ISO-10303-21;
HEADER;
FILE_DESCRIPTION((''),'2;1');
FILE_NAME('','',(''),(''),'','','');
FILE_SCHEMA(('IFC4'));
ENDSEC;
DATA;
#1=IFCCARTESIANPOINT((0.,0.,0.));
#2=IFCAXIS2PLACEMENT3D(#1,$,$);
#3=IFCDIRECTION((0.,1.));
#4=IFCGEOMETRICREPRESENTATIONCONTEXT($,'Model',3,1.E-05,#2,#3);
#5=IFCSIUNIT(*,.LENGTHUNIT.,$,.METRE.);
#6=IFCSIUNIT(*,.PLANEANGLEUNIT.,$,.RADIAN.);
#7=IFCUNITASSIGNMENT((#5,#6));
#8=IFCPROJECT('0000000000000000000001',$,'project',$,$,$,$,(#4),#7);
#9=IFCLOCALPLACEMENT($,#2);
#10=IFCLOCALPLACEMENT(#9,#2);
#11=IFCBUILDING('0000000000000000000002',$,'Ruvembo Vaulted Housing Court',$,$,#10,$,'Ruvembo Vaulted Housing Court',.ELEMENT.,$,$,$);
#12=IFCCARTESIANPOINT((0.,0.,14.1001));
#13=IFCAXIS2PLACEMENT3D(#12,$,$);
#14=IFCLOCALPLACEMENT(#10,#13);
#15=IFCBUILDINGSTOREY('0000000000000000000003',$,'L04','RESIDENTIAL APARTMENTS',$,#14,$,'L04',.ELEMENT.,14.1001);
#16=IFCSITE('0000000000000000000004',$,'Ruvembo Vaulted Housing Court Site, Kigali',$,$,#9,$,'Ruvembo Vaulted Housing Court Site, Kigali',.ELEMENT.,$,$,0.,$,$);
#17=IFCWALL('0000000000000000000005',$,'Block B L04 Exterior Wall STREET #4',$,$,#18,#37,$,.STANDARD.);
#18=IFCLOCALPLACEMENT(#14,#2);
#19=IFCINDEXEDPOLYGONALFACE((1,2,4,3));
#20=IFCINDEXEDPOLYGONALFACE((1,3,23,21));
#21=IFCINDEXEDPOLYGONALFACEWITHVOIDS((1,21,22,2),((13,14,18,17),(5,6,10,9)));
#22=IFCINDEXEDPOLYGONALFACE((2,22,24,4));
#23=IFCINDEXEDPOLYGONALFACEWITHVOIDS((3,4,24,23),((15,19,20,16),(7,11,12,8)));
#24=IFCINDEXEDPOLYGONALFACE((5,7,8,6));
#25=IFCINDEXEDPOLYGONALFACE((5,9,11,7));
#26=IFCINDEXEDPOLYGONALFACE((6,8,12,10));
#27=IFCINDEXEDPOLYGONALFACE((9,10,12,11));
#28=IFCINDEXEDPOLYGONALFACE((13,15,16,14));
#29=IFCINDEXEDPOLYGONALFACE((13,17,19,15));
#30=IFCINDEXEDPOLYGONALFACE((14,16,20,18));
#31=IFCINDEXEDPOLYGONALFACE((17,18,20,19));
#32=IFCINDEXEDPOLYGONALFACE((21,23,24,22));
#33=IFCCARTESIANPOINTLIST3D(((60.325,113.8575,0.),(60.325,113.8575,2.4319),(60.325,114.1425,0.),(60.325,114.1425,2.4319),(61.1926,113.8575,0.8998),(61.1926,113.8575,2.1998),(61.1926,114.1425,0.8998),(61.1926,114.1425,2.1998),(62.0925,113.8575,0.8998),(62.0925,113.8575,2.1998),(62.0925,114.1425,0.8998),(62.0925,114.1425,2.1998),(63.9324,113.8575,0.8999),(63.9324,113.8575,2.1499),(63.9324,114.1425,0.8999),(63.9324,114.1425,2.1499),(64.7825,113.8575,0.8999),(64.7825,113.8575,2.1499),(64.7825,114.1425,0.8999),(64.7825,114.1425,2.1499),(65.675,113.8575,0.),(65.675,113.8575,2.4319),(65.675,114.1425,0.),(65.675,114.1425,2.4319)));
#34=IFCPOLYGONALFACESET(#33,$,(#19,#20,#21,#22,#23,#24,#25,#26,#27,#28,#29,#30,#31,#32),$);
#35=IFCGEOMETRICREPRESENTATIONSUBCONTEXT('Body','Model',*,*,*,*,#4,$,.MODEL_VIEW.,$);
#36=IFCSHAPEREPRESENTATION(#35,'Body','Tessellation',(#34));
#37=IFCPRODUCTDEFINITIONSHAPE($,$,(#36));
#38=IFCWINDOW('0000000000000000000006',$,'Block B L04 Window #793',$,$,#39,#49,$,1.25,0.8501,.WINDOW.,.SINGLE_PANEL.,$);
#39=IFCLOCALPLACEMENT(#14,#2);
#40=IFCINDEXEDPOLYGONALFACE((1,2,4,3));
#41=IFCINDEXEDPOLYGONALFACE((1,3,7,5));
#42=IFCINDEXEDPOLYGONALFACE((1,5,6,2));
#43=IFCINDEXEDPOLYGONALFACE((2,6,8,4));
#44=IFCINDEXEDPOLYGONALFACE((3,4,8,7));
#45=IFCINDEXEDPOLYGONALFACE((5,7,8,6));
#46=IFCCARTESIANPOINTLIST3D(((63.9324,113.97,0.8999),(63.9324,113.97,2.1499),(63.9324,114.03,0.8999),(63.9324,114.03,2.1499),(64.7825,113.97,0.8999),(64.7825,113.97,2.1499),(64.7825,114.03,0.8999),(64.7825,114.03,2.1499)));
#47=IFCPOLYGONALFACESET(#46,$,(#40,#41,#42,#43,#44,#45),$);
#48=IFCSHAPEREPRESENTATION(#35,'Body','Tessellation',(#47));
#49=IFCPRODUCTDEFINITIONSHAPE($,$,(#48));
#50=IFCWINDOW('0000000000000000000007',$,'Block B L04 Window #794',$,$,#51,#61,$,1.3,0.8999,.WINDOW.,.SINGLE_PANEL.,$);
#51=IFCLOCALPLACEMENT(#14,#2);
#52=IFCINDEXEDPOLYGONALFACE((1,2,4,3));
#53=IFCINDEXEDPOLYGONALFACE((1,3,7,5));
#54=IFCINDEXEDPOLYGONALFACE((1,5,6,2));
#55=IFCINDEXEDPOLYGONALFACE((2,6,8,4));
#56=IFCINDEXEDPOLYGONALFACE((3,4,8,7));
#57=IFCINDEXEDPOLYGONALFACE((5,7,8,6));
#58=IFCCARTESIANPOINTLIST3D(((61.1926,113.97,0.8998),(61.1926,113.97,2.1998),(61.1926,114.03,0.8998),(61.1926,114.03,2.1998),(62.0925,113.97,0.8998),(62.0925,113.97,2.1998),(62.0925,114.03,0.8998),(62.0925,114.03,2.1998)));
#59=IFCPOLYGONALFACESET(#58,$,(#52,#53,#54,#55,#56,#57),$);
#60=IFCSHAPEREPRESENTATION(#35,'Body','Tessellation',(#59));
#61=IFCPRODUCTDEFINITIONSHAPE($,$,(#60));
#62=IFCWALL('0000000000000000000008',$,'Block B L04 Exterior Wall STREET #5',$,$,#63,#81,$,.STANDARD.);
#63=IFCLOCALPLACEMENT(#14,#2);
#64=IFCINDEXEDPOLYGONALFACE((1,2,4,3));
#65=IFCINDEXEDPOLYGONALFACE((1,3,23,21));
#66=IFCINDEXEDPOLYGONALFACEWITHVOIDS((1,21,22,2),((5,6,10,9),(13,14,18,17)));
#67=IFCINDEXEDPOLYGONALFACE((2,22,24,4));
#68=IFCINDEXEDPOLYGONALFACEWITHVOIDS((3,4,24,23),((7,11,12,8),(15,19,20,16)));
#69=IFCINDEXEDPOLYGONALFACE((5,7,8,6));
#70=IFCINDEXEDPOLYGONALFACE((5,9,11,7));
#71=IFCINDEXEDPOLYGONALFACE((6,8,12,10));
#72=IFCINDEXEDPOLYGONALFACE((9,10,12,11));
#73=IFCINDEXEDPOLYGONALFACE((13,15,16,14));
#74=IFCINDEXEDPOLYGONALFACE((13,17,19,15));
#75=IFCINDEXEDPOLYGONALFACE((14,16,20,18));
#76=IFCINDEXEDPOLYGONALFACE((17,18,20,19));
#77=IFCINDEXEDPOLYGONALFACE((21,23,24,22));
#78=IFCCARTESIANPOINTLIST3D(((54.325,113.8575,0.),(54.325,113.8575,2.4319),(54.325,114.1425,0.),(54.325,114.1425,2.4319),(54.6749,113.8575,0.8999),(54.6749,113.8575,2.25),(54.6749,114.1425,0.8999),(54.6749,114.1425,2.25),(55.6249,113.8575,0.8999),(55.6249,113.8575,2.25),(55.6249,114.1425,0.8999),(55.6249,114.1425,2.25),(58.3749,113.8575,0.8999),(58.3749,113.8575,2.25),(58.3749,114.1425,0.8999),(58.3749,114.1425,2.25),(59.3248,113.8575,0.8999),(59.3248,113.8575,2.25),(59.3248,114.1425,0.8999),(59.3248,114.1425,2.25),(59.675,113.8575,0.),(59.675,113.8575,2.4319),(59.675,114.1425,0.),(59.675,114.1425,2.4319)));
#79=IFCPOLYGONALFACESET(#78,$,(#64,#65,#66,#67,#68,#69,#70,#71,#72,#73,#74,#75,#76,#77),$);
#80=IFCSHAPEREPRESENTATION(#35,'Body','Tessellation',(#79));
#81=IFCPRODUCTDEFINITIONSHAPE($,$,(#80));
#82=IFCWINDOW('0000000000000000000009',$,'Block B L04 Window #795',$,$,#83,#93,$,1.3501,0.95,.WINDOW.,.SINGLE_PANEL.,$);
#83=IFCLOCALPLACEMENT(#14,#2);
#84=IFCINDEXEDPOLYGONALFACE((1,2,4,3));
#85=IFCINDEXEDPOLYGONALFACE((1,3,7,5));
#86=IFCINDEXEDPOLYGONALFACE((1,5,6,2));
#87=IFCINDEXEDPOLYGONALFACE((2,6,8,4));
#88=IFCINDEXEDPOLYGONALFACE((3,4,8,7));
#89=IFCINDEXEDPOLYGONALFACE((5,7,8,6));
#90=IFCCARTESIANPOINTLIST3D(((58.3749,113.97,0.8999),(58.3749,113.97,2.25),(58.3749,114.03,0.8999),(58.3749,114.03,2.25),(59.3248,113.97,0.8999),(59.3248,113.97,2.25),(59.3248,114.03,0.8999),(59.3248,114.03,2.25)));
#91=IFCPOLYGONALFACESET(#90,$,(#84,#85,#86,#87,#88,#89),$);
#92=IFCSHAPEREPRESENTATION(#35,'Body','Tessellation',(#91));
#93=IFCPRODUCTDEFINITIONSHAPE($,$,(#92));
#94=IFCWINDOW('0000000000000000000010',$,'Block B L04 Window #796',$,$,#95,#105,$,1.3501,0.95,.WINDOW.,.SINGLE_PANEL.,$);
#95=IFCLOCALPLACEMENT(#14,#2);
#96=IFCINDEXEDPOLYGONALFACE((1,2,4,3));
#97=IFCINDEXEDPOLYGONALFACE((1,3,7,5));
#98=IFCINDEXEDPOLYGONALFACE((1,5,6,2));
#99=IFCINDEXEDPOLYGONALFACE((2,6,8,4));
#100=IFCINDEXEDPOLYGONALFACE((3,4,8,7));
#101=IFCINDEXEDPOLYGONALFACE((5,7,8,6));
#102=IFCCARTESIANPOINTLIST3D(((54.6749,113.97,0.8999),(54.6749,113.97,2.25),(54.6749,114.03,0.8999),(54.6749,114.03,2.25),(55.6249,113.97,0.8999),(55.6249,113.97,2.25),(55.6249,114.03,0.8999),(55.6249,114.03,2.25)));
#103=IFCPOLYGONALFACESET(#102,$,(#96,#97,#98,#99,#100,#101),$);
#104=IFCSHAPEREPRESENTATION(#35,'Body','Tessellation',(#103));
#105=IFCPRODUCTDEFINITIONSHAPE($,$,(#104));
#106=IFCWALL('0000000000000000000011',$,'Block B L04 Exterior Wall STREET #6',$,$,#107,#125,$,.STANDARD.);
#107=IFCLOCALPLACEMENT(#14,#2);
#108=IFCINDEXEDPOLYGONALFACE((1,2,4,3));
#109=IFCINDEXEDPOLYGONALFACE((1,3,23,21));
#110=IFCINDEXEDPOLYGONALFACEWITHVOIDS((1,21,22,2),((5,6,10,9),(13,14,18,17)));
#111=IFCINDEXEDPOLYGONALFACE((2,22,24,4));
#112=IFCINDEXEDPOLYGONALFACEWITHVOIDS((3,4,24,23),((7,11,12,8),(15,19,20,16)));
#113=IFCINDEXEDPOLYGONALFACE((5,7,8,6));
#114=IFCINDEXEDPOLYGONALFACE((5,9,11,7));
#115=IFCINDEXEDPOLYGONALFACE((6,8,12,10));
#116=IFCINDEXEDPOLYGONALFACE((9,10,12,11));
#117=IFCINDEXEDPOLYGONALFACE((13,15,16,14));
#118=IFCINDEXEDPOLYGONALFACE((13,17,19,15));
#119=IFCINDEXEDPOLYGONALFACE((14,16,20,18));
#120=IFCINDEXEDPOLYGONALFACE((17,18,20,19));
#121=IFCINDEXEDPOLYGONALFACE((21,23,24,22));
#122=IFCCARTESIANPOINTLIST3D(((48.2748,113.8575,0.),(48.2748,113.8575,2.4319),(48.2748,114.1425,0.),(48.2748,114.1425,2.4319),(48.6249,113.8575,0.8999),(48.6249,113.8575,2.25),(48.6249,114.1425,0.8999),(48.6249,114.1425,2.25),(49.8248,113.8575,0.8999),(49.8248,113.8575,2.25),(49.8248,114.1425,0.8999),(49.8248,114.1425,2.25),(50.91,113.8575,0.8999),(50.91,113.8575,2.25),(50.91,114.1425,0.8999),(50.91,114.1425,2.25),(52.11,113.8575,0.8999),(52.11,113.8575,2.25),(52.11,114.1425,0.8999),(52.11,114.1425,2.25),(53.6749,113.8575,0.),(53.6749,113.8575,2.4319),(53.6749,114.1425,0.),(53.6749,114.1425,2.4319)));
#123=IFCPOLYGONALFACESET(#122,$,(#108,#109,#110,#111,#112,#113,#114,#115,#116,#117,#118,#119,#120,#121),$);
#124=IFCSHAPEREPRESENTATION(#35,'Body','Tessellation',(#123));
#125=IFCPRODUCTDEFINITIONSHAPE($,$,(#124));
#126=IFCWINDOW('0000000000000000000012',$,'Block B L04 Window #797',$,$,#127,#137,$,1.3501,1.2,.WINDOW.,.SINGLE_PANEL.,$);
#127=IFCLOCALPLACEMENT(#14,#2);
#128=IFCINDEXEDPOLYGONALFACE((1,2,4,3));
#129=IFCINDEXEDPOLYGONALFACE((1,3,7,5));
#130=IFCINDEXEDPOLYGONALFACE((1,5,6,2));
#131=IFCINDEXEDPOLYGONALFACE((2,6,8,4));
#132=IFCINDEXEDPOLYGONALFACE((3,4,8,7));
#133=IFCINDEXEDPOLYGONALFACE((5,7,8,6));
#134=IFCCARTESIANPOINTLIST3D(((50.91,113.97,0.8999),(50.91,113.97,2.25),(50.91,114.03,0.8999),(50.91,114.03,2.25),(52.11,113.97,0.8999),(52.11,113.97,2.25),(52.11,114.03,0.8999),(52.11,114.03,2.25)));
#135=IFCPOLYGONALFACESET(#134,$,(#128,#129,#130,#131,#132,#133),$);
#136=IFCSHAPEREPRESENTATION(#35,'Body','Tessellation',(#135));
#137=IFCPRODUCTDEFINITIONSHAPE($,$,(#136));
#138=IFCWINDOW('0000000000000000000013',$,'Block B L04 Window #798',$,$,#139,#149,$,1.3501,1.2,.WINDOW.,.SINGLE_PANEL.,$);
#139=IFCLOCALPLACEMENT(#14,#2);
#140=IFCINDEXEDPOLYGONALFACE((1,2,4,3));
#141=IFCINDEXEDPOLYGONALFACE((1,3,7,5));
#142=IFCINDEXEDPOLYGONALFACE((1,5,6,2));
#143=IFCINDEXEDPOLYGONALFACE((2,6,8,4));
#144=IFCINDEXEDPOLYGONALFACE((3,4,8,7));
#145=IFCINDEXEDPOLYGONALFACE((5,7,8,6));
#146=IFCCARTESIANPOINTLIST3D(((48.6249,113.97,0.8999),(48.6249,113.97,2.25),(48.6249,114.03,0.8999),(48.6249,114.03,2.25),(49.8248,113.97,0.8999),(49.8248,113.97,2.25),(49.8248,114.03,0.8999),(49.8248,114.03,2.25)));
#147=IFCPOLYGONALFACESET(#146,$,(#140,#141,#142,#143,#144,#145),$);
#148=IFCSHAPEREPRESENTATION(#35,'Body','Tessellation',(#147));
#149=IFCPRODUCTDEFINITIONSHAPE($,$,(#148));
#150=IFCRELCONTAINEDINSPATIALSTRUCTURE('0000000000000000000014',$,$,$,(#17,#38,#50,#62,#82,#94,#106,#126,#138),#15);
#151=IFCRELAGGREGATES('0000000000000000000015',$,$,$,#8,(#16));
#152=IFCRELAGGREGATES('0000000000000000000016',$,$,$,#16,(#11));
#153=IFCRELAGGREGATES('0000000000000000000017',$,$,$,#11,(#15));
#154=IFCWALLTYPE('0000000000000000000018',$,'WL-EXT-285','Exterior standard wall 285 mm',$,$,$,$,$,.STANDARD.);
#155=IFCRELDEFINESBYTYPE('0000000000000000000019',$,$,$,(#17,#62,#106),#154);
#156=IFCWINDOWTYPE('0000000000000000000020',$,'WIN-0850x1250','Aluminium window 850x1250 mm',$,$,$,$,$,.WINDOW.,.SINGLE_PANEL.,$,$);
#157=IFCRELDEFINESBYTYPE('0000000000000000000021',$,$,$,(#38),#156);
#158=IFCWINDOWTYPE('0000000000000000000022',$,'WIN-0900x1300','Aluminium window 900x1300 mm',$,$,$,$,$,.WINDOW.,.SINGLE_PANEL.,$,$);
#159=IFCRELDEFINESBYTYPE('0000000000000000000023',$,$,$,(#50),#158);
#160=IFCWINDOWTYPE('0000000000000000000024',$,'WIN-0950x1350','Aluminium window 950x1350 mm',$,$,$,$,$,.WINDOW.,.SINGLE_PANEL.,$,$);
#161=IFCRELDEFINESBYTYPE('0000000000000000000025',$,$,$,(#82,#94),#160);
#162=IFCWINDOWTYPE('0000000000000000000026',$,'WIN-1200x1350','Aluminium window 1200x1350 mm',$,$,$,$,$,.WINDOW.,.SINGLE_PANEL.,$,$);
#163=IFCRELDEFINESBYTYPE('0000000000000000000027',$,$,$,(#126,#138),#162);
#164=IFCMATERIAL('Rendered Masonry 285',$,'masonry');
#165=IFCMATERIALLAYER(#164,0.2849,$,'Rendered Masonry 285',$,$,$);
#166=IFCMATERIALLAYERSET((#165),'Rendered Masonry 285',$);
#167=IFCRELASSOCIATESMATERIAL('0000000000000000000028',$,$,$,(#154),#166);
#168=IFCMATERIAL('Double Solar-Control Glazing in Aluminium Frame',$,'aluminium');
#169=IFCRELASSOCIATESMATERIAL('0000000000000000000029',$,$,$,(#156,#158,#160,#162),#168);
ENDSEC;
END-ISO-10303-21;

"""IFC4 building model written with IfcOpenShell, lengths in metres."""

from ifc_helpers import new_model, si_unit, direction, frame, frame_2d, origin, place, context, subcontext, project, spatial, rectangle, extrude, material, layer, layer_set, type_object, element, fill, save


model = new_model("IFC4")

# Units and contexts
model_context = context("Model", 3, precision=1e-05, world=origin(), true_north=direction((0.0, 1.0)))
body_context = subcontext(model_context, "Body", "Model", "MODEL_VIEW")
ifc_project = project(units=[si_unit("LENGTHUNIT", "METRE"), si_unit("PLANEANGLEUNIT", "RADIAN")], contexts=[model_context])

# Site, building, storey
site_placement = place(None, origin())
site = spatial("IfcSite", under=ifc_project, at=site_placement, Name="Ruvembo Vaulted Housing Court Site, Kigali", LongName="Ruvembo Vaulted Housing Court Site, Kigali", CompositionType="ELEMENT", RefElevation=0.0)
building_placement = place(site_placement, origin())
building = spatial("IfcBuilding", under=site, at=building_placement, Name="Ruvembo Vaulted Housing Court", LongName="Ruvembo Vaulted Housing Court", CompositionType="ELEMENT")
storey_placement = place(building_placement, frame((0.0, 0.0, 14.1001)))
storey = spatial("IfcBuildingStorey", under=building, at=storey_placement, Name="L04", Description="RESIDENTIAL APARTMENTS", LongName="L04", CompositionType="ELEMENT", Elevation=14.1001)

# Walls, openings, windows
ifc_material_1 = material(Name="Rendered Masonry 285", Category="masonry")
ifc_layer_1 = layer(ifc_material_1, 0.2849, Name="Rendered Masonry 285")
ifc_layer_set_1 = layer_set([ifc_layer_1], Name="Rendered Masonry 285")
wall_type_1 = type_object("IfcWallType", Name="WL-EXT-285", Description="Exterior standard wall 285 mm", PredefinedType="STANDARD", material=ifc_layer_set_1)
wall_1_placement = place(storey_placement, frame((65.675, 114.0, 0.0), z_axis=(0.0, 0.0, 1.0), x_axis=(-1.0, 0.0, 0.0)))
wall_1 = element("IfcWall", 1, at=wall_1_placement, inside=storey, type_object=wall_type_1, Name="Block B L04 Exterior Wall STREET #4", PredefinedType="STANDARD", context=body_context, shape_type="SweptSolid", body=[
    extrude(rectangle(XDim=5.3501, YDim=0.2849, at=frame_2d((2.675, 0.0))), origin(), (0.0, 0.0, 1.0), 2.4319),
])
opening_1_placement = place(wall_1_placement, frame((0.8926, 0.0, 0.8999)))
opening_1 = element("IfcOpeningElement", 2, at=opening_1_placement, cuts=wall_1, PredefinedType="OPENING", context=body_context, shape_type="SweptSolid", body=[
    extrude(rectangle(XDim=0.8501, YDim=1.25, at=frame_2d((0.425, 0.625))), frame((0.0, 0.1523, 0.0), z_axis=(0.0, -1.0, 0.0), x_axis=(1.0, 0.0, 0.0)), (0.0, 0.0, 1.0), 0.3049),
])
opening_2_placement = place(wall_1_placement, frame((3.5825, 0.0, 0.8999)))
opening_2 = element("IfcOpeningElement", 3, at=opening_2_placement, cuts=wall_1, PredefinedType="OPENING", context=body_context, shape_type="SweptSolid", body=[
    extrude(rectangle(XDim=0.8999, YDim=1.3, at=frame_2d((0.45, 0.6499))), frame((0.0, 0.1523, 0.0), z_axis=(0.0, -1.0, 0.0), x_axis=(1.0, 0.0, 0.0)), (0.0, 0.0, 1.0), 0.3049),
])
ifc_material_2 = material(Name="Double Solar-Control Glazing in Aluminium Frame", Category="aluminium")
window_type_1 = type_object("IfcWindowType", Name="WIN-0850x1250", Description="Aluminium window 850x1250 mm", PartitioningType="SINGLE_PANEL", PredefinedType="WINDOW", material=ifc_material_2)
window_1_placement = place(opening_1_placement, origin())
window_1 = element("IfcWindow", 4, at=window_1_placement, inside=storey, type_object=window_type_1, Name="Block B L04 Window #793", OverallHeight=1.25, OverallWidth=0.8501, PartitioningType="SINGLE_PANEL", PredefinedType="WINDOW", context=body_context, shape_type="SweptSolid", body=[
    extrude(rectangle(XDim=0.8501, YDim=1.25, at=frame_2d((0.425, 0.625))), frame((0.0, 0.03, 0.0), z_axis=(0.0, -1.0, 0.0), x_axis=(1.0, 0.0, 0.0)), (0.0, 0.0, 1.0), 0.0601),
])
fill(opening_1, window_1)
window_type_2 = type_object("IfcWindowType", Name="WIN-0900x1300", Description="Aluminium window 900x1300 mm", PartitioningType="SINGLE_PANEL", PredefinedType="WINDOW", material=ifc_material_2)
window_2_placement = place(opening_2_placement, origin())
window_2 = element("IfcWindow", 5, at=window_2_placement, inside=storey, type_object=window_type_2, Name="Block B L04 Window #794", OverallHeight=1.3, OverallWidth=0.8999, PartitioningType="SINGLE_PANEL", PredefinedType="WINDOW", context=body_context, shape_type="SweptSolid", body=[
    extrude(rectangle(XDim=0.8999, YDim=1.3, at=frame_2d((0.45, 0.6499))), frame((0.0, 0.03, 0.0), z_axis=(0.0, -1.0, 0.0), x_axis=(1.0, 0.0, 0.0)), (0.0, 0.0, 1.0), 0.0601),
])
fill(opening_2, window_2)
wall_2_placement = place(storey_placement, frame((59.675, 114.0, 0.0), z_axis=(0.0, 0.0, 1.0), x_axis=(-1.0, 0.0, 0.0)))
wall_2 = element("IfcWall", 6, at=wall_2_placement, inside=storey, type_object=wall_type_1, Name="Block B L04 Exterior Wall STREET #5", PredefinedType="STANDARD", context=body_context, shape_type="SweptSolid", body=[
    extrude(rectangle(XDim=5.3501, YDim=0.2849, at=frame_2d((2.675, 0.0))), origin(), (0.0, 0.0, 1.0), 2.4319),
])
opening_3_placement = place(wall_2_placement, frame((0.3501, 0.0, 0.8999)))
opening_3 = element("IfcOpeningElement", 7, at=opening_3_placement, cuts=wall_2, PredefinedType="OPENING", context=body_context, shape_type="SweptSolid", body=[
    extrude(rectangle(XDim=0.95, YDim=1.3501, at=frame_2d((0.4751, 0.675))), frame((0.0, 0.1523, 0.0), z_axis=(0.0, -1.0, 0.0), x_axis=(1.0, 0.0, 0.0)), (0.0, 0.0, 1.0), 0.3049),
])
opening_4_placement = place(wall_2_placement, frame((4.05, 0.0, 0.8999)))
opening_4 = element("IfcOpeningElement", 8, at=opening_4_placement, cuts=wall_2, PredefinedType="OPENING", context=body_context, shape_type="SweptSolid", body=[
    extrude(rectangle(XDim=0.95, YDim=1.3501, at=frame_2d((0.4751, 0.675))), frame((0.0, 0.1523, 0.0), z_axis=(0.0, -1.0, 0.0), x_axis=(1.0, 0.0, 0.0)), (0.0, 0.0, 1.0), 0.3049),
])
window_type_3 = type_object("IfcWindowType", Name="WIN-0950x1350", Description="Aluminium window 950x1350 mm", PartitioningType="SINGLE_PANEL", PredefinedType="WINDOW", material=ifc_material_2)
window_3_placement = place(opening_3_placement, origin())
window_3 = element("IfcWindow", 9, at=window_3_placement, inside=storey, type_object=window_type_3, Name="Block B L04 Window #795", OverallHeight=1.3501, OverallWidth=0.95, PartitioningType="SINGLE_PANEL", PredefinedType="WINDOW", context=body_context, shape_type="SweptSolid", body=[
    extrude(rectangle(XDim=0.95, YDim=1.3501, at=frame_2d((0.4751, 0.675))), frame((0.0, 0.03, 0.0), z_axis=(0.0, -1.0, 0.0), x_axis=(1.0, 0.0, 0.0)), (0.0, 0.0, 1.0), 0.0601),
])
fill(opening_3, window_3)
window_4_placement = place(opening_4_placement, origin())
window_4 = element("IfcWindow", 10, at=window_4_placement, inside=storey, type_object=window_type_3, Name="Block B L04 Window #796", OverallHeight=1.3501, OverallWidth=0.95, PartitioningType="SINGLE_PANEL", PredefinedType="WINDOW", context=body_context, shape_type="SweptSolid", body=[
    extrude(rectangle(XDim=0.95, YDim=1.3501, at=frame_2d((0.4751, 0.675))), frame((0.0, 0.03, 0.0), z_axis=(0.0, -1.0, 0.0), x_axis=(1.0, 0.0, 0.0)), (0.0, 0.0, 1.0), 0.0601),
])
fill(opening_4, window_4)
wall_3_placement = place(storey_placement, frame((53.675, 114.0, 0.0), z_axis=(0.0, 0.0, 1.0), x_axis=(-1.0, 0.0, 0.0)))
wall_3 = element("IfcWall", 11, at=wall_3_placement, inside=storey, type_object=wall_type_1, Name="Block B L04 Exterior Wall STREET #6", PredefinedType="STANDARD", context=body_context, shape_type="SweptSolid", body=[
    extrude(rectangle(XDim=5.4001, YDim=0.2849, at=frame_2d((2.7002, 0.0))), origin(), (0.0, 0.0, 1.0), 2.4319),
])
opening_5_placement = place(wall_3_placement, frame((1.5649, 0.0, 0.8999)))
opening_5 = element("IfcOpeningElement", 12, at=opening_5_placement, cuts=wall_3, PredefinedType="OPENING", context=body_context, shape_type="SweptSolid", body=[
    extrude(rectangle(XDim=1.2, YDim=1.3501, at=frame_2d((0.6001, 0.675))), frame((0.0, 0.1523, 0.0), z_axis=(0.0, -1.0, 0.0), x_axis=(1.0, 0.0, 0.0)), (0.0, 0.0, 1.0), 0.3049),
])
opening_6_placement = place(wall_3_placement, frame((3.8501, 0.0, 0.8999)))
opening_6 = element("IfcOpeningElement", 13, at=opening_6_placement, cuts=wall_3, PredefinedType="OPENING", context=body_context, shape_type="SweptSolid", body=[
    extrude(rectangle(XDim=1.2, YDim=1.3501, at=frame_2d((0.6001, 0.675))), frame((0.0, 0.1523, 0.0), z_axis=(0.0, -1.0, 0.0), x_axis=(1.0, 0.0, 0.0)), (0.0, 0.0, 1.0), 0.3049),
])
window_type_4 = type_object("IfcWindowType", Name="WIN-1200x1350", Description="Aluminium window 1200x1350 mm", PartitioningType="SINGLE_PANEL", PredefinedType="WINDOW", material=ifc_material_2)
window_5_placement = place(opening_5_placement, origin())
window_5 = element("IfcWindow", 14, at=window_5_placement, inside=storey, type_object=window_type_4, Name="Block B L04 Window #797", OverallHeight=1.3501, OverallWidth=1.2, PartitioningType="SINGLE_PANEL", PredefinedType="WINDOW", context=body_context, shape_type="SweptSolid", body=[
    extrude(rectangle(XDim=1.2, YDim=1.3501, at=frame_2d((0.6001, 0.675))), frame((0.0, 0.03, 0.0), z_axis=(0.0, -1.0, 0.0), x_axis=(1.0, 0.0, 0.0)), (0.0, 0.0, 1.0), 0.0601),
])
fill(opening_5, window_5)
window_6_placement = place(opening_6_placement, origin())
window_6 = element("IfcWindow", 15, at=window_6_placement, inside=storey, type_object=window_type_4, Name="Block B L04 Window #798", OverallHeight=1.3501, OverallWidth=1.2, PartitioningType="SINGLE_PANEL", PredefinedType="WINDOW", context=body_context, shape_type="SweptSolid", body=[
    extrude(rectangle(XDim=1.2, YDim=1.3501, at=frame_2d((0.6001, 0.675))), frame((0.0, 0.03, 0.0), z_axis=(0.0, -1.0, 0.0), x_axis=(1.0, 0.0, 0.0)), (0.0, 0.0, 1.0), 0.0601),
])
fill(opening_6, window_6)

save(model, "model.ifc")
